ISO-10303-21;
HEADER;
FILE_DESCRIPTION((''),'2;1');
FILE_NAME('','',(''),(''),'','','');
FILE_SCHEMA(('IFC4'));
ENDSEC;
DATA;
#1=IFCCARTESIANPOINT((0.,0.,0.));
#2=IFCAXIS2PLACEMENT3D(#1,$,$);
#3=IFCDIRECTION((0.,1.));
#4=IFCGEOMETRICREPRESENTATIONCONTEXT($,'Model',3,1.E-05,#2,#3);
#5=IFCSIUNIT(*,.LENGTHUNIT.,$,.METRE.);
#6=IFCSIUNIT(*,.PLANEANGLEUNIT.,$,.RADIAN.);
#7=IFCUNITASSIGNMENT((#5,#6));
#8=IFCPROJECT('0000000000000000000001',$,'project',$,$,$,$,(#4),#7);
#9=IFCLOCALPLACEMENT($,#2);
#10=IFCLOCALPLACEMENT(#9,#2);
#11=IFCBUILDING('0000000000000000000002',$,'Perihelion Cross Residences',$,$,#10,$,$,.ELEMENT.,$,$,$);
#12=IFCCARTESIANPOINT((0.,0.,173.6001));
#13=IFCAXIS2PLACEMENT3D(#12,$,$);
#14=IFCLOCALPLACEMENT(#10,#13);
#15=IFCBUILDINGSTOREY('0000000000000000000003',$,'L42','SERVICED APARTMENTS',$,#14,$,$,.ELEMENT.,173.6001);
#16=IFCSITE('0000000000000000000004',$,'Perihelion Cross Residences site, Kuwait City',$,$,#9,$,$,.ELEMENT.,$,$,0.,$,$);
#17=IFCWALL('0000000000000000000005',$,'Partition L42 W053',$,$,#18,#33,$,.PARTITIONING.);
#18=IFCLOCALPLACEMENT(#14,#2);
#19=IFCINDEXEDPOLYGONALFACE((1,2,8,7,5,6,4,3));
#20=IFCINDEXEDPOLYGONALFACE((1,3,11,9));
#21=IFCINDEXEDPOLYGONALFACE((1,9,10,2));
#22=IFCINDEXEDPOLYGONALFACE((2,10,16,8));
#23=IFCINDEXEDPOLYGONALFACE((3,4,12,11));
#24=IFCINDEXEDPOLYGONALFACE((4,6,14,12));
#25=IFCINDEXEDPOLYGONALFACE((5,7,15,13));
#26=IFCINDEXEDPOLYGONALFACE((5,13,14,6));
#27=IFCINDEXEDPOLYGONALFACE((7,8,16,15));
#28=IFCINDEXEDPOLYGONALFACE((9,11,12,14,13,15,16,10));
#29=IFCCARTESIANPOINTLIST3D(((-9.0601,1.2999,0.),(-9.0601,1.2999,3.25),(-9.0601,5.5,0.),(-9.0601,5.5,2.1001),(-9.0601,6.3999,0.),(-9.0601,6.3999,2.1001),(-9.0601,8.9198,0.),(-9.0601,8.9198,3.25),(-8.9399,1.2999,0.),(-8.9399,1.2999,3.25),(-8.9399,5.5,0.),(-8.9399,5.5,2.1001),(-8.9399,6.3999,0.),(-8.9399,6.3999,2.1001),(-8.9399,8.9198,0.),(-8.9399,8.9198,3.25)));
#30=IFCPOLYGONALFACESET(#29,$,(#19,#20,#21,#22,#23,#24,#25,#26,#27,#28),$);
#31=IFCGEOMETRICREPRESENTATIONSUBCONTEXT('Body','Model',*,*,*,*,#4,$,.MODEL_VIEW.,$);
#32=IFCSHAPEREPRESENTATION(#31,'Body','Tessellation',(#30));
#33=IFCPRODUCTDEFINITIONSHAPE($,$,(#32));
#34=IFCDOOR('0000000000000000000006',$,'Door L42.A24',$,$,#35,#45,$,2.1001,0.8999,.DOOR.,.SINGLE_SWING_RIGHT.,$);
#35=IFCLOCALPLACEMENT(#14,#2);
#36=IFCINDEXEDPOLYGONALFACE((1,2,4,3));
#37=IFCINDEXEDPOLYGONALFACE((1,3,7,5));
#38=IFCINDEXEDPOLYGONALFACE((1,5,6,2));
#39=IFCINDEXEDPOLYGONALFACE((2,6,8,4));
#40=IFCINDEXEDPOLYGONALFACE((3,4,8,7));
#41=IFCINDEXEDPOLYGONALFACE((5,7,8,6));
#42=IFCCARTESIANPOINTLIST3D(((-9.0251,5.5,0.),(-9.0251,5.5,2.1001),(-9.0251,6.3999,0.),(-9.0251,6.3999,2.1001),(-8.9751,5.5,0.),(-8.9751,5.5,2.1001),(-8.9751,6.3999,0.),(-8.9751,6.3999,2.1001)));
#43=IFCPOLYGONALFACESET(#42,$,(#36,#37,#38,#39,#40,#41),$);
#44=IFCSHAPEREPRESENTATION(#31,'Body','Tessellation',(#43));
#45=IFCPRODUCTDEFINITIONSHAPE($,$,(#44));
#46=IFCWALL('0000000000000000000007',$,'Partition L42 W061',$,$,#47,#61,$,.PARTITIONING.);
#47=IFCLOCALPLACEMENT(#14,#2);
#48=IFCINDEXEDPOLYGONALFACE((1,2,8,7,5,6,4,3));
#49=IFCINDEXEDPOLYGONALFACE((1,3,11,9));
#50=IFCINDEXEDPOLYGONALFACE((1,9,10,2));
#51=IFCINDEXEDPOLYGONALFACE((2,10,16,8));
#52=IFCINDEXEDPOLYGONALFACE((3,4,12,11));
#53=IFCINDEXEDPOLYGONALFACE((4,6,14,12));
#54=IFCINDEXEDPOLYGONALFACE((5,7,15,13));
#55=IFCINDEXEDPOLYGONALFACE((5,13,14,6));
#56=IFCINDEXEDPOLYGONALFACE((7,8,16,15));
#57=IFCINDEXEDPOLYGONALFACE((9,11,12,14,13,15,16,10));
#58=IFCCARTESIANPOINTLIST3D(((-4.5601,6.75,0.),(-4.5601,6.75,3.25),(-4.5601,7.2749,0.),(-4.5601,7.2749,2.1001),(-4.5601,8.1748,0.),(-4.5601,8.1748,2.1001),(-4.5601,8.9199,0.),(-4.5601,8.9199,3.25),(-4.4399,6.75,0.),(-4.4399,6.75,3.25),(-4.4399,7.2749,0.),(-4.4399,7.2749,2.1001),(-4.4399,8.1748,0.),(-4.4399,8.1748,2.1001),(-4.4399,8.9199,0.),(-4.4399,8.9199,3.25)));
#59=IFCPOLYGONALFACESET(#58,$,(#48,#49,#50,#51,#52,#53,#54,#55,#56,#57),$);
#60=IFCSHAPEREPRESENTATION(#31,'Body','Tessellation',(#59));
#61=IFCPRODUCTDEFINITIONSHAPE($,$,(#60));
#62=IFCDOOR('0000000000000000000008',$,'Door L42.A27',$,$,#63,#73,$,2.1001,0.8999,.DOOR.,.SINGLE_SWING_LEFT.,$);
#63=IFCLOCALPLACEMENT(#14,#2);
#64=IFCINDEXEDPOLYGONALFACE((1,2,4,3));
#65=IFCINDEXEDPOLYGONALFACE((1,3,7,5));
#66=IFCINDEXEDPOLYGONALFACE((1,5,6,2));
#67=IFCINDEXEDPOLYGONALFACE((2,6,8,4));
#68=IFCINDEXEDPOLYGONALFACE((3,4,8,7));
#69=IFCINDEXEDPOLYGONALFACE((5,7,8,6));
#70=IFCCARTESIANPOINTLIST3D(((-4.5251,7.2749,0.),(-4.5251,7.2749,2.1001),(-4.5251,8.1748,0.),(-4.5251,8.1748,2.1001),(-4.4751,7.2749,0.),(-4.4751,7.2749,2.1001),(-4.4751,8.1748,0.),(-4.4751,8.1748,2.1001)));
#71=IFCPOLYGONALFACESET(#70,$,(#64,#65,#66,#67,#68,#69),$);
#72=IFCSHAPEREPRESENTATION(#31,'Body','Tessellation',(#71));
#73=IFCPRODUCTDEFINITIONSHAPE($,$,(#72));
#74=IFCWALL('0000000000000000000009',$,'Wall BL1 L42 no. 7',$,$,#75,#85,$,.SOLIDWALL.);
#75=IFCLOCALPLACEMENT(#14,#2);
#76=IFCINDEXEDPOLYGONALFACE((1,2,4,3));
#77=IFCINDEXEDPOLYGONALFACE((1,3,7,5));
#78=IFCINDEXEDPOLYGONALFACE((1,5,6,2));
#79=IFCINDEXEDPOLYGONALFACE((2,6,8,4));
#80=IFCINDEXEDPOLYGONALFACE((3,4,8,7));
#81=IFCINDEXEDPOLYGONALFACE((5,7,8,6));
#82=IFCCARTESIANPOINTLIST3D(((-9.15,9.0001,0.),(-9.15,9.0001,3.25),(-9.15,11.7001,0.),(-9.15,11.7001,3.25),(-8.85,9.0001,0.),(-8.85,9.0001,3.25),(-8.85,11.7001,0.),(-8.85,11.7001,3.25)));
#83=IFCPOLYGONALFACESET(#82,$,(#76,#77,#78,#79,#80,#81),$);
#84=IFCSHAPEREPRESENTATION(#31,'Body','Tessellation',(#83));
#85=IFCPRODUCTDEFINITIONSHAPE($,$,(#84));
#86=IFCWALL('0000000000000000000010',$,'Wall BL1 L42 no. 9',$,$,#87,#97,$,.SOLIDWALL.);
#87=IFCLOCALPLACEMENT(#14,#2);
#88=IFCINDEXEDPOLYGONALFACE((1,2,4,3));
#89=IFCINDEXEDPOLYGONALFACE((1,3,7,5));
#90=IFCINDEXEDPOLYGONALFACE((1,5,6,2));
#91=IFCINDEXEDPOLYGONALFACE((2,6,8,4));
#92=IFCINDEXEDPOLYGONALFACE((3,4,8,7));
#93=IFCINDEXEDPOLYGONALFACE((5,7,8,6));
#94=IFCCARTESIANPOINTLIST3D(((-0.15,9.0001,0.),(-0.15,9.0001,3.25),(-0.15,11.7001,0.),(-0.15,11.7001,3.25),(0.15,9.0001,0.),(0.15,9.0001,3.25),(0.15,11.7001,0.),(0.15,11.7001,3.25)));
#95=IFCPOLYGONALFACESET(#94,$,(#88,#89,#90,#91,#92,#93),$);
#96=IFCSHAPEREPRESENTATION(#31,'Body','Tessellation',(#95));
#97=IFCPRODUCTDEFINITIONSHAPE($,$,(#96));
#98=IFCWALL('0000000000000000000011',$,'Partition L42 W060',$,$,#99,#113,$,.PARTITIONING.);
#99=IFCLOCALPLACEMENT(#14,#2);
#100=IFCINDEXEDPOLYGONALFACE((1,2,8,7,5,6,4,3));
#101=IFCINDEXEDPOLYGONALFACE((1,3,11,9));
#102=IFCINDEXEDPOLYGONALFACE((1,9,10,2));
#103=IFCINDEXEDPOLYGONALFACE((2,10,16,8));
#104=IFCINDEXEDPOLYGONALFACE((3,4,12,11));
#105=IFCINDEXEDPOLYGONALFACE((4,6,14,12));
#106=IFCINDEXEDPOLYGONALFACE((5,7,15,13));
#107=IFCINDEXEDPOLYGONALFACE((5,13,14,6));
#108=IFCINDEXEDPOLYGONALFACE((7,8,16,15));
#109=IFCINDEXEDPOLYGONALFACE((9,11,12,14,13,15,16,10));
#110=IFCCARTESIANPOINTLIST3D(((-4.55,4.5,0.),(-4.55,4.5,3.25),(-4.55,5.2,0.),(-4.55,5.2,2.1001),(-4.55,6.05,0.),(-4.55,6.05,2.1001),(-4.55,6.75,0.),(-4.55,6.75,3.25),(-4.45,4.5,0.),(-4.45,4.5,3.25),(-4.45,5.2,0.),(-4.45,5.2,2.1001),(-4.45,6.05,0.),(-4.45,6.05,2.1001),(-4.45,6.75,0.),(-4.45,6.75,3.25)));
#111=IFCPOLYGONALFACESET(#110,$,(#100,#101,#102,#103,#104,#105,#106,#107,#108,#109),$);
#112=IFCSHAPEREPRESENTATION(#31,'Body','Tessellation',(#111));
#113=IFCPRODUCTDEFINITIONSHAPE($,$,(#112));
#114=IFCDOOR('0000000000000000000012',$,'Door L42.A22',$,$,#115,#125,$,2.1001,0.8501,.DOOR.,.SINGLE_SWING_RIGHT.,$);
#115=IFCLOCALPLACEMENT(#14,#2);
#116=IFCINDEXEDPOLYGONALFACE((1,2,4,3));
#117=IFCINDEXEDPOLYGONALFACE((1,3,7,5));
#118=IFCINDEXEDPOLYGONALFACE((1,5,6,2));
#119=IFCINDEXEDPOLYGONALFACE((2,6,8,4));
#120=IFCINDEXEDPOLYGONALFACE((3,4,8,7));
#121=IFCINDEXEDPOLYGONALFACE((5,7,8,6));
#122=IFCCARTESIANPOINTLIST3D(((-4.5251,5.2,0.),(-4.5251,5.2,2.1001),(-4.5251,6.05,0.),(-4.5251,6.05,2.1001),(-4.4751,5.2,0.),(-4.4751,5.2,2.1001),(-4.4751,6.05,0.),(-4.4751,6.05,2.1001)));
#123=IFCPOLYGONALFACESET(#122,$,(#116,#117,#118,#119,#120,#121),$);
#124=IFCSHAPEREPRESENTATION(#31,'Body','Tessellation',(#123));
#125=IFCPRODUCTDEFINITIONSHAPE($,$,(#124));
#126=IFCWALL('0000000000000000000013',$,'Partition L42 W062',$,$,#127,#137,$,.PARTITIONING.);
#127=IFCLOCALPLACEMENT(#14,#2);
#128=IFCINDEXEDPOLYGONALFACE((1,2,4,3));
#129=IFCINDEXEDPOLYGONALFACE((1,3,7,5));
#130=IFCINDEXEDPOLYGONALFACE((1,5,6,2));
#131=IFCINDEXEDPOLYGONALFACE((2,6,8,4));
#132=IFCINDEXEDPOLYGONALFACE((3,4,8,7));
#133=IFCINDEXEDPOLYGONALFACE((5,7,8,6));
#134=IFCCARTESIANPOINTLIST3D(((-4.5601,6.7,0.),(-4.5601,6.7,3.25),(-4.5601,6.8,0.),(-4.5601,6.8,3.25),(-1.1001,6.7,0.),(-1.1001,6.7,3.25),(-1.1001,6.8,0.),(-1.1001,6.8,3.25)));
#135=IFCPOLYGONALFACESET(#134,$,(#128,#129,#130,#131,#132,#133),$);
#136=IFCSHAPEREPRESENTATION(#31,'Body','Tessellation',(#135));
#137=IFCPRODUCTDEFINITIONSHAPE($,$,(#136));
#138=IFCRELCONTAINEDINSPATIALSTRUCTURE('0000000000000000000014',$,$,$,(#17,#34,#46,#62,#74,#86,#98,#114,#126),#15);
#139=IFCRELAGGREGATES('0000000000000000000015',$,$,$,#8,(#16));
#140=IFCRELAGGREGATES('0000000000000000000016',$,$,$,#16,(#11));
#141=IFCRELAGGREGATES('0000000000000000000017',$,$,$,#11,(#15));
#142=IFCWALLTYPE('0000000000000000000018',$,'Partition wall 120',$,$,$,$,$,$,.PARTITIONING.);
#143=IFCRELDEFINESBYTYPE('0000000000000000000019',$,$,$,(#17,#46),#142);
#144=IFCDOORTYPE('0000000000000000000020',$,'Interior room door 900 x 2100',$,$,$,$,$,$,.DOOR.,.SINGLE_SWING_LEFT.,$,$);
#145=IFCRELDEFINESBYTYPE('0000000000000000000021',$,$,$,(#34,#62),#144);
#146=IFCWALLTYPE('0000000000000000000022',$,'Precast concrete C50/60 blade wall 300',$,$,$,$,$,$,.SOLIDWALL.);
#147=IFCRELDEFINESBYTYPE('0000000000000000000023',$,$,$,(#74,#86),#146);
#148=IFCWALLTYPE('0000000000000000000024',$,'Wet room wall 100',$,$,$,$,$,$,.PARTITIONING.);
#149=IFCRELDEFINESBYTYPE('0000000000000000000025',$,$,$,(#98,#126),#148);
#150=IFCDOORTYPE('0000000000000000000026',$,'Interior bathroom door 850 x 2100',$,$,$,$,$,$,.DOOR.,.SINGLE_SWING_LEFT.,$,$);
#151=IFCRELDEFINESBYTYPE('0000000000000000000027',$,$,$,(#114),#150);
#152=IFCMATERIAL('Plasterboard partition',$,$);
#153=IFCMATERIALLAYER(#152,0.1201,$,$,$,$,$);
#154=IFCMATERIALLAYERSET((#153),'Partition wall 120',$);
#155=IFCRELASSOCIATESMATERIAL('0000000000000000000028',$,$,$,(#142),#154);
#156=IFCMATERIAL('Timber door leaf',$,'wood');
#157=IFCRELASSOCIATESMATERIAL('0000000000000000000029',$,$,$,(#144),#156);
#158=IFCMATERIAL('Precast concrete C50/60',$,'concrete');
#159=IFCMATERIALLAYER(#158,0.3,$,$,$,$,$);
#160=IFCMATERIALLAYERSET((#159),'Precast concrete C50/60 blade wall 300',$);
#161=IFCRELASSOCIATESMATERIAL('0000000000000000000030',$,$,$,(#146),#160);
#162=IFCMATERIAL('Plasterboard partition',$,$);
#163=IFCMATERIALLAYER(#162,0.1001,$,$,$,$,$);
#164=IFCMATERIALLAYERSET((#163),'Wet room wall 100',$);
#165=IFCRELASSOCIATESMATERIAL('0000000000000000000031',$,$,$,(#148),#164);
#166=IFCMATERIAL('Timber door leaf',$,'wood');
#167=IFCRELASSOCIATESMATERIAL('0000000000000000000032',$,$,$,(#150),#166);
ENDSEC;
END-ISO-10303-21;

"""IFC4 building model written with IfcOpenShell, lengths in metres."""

from ifc_helpers import new_model, si_unit, direction, frame, frame_2d, origin, place, context, subcontext, project, spatial, rectangle, extrude, material, layer, layer_set, type_object, element, fill, save


model = new_model("IFC4")

# Units and contexts
model_context = context("Model", 3, precision=1e-05, world=origin(), true_north=direction((0.0, 1.0)))
body_context = subcontext(model_context, "Body", "Model", "MODEL_VIEW")
ifc_project = project(units=[si_unit("LENGTHUNIT", "METRE"), si_unit("PLANEANGLEUNIT", "RADIAN")], contexts=[model_context])

# Site, building, storey
site_placement = place(None, origin())
site = spatial("IfcSite", under=ifc_project, at=site_placement, Name="Perihelion Cross Residences site, Kuwait City", CompositionType="ELEMENT", RefElevation=0.0)
building_placement = place(site_placement, origin())
building = spatial("IfcBuilding", under=site, at=building_placement, Name="Perihelion Cross Residences", CompositionType="ELEMENT")
storey_placement = place(building_placement, frame((0.0, 0.0, 173.6001)))
storey = spatial("IfcBuildingStorey", under=building, at=storey_placement, Name="L42", Description="SERVICED APARTMENTS", CompositionType="ELEMENT", Elevation=173.6001)

# Shared definitions
ifc_material_1 = material(Name="Plasterboard partition")
ifc_layer_1 = layer(ifc_material_1, 0.1201)
ifc_layer_set_1 = layer_set([ifc_layer_1], Name="Partition wall 120")
wall_type_1 = type_object("IfcWallType", Name="Partition wall 120", PredefinedType="PARTITIONING", material=ifc_layer_set_1)

# Walls, openings, doors
wall_1_placement = place(storey_placement, frame((-9.0, 8.9199, 0.0), z_axis=(0.0, 0.0, 1.0), x_axis=(0.0, -1.0, 0.0)))
wall_1 = element("IfcWall", 1, at=wall_1_placement, inside=storey, type_object=wall_type_1, Name="Partition L42 W053", PredefinedType="PARTITIONING", context=body_context, shape_type="SweptSolid", body=[
    extrude(rectangle(XDim=7.6199, YDim=0.1201, at=frame_2d((3.8101, 0.0))), origin(), (0.0, 0.0, 1.0), 3.25),
])
opening_1_placement = place(wall_1_placement, frame((2.52, 0.0, 0.0)))
opening_1 = element("IfcOpeningElement", 2, at=opening_1_placement, cuts=wall_1, PredefinedType="OPENING", context=body_context, shape_type="SweptSolid", body=[
    extrude(rectangle(XDim=0.8999, YDim=2.1001, at=frame_2d((0.45, 1.05))), frame((0.0, 0.0701, 0.0), z_axis=(0.0, -1.0, 0.0), x_axis=(1.0, 0.0, 0.0)), (0.0, 0.0, 1.0), 0.1401),
])
ifc_material_2 = material(Name="Timber door leaf", Category="wood")
door_type_1 = type_object("IfcDoorType", Name="Interior room door 900 x 2100", OperationType="SINGLE_SWING_LEFT", PredefinedType="DOOR", material=ifc_material_2)
door_1_placement = place(opening_1_placement, origin())
door_1 = element("IfcDoor", 3, at=door_1_placement, inside=storey, type_object=door_type_1, Name="Door L42.A24", OperationType="SINGLE_SWING_RIGHT", OverallHeight=2.1001, OverallWidth=0.8999, PredefinedType="DOOR", context=body_context, shape_type="SweptSolid", body=[
    extrude(rectangle(XDim=0.8999, YDim=2.1001, at=frame_2d((0.45, 1.05))), frame((0.0, 0.0249, 0.0), z_axis=(0.0, -1.0, 0.0), x_axis=(1.0, 0.0, 0.0)), (0.0, 0.0, 1.0), 0.05),
])
fill(opening_1, door_1)
wall_2_placement = place(storey_placement, frame((-4.5, 8.9199, 0.0), z_axis=(0.0, 0.0, 1.0), x_axis=(0.0, -1.0, 0.0)))
wall_2 = element("IfcWall", 4, at=wall_2_placement, inside=storey, type_object=wall_type_1, Name="Partition L42 W061", PredefinedType="PARTITIONING", context=body_context, shape_type="SweptSolid", body=[
    extrude(rectangle(XDim=2.1699, YDim=0.1201, at=frame_2d((1.085, 0.0))), origin(), (0.0, 0.0, 1.0), 3.25),
])
opening_2_placement = place(wall_2_placement, frame((0.7451, 0.0, 0.0)))
opening_2 = element("IfcOpeningElement", 5, at=opening_2_placement, cuts=wall_2, PredefinedType="OPENING", context=body_context, shape_type="SweptSolid", body=[
    extrude(rectangle(XDim=0.8999, YDim=2.1001, at=frame_2d((0.45, 1.05))), frame((0.0, 0.0701, 0.0), z_axis=(0.0, -1.0, 0.0), x_axis=(1.0, 0.0, 0.0)), (0.0, 0.0, 1.0), 0.1401),
])
door_2_placement = place(opening_2_placement, origin())
door_2 = element("IfcDoor", 6, at=door_2_placement, inside=storey, type_object=door_type_1, Name="Door L42.A27", OperationType="SINGLE_SWING_LEFT", OverallHeight=2.1001, OverallWidth=0.8999, PredefinedType="DOOR", context=body_context, shape_type="SweptSolid", body=[
    extrude(rectangle(XDim=0.8999, YDim=2.1001, at=frame_2d((0.45, 1.05))), frame((0.0, 0.0249, 0.0), z_axis=(0.0, -1.0, 0.0), x_axis=(1.0, 0.0, 0.0)), (0.0, 0.0, 1.0), 0.05),
])
fill(opening_2, door_2)

# Walls
ifc_material_3 = material(Name="Precast concrete C50/60", Category="concrete")
ifc_layer_2 = layer(ifc_material_3, 0.3)
ifc_layer_set_2 = layer_set([ifc_layer_2], Name="Precast concrete C50/60 blade wall 300")
wall_type_2 = type_object("IfcWallType", Name="Precast concrete C50/60 blade wall 300", PredefinedType="SOLIDWALL", material=ifc_layer_set_2)
for number, where, z_axis, x_axis, name in (
    (7, (-9.0, 9.0, 0.0), (0.0, 0.0, 1.0), (0.0, 1.0, 0.0), "Wall BL1 L42 no. 7"),
    (8, (0.0, 9.0, 0.0), (0.0, 0.0, 1.0), (0.0, 1.0, 0.0), "Wall BL1 L42 no. 9"),
):
    element("IfcWall", number, at=place(storey_placement, frame(where, z_axis=z_axis, x_axis=x_axis)), inside=storey, type_object=wall_type_2, Name=name, PredefinedType="SOLIDWALL", context=body_context, shape_type="SweptSolid", body=[
        extrude(rectangle(XDim=2.7, YDim=0.3, at=frame_2d((1.3501, 0.0))), origin(), (0.0, 0.0, 1.0), 3.25),
    ])

# Wall, opening, door
ifc_material_4 = material(Name="Plasterboard partition")
ifc_layer_3 = layer(ifc_material_4, 0.1001)
ifc_layer_set_3 = layer_set([ifc_layer_3], Name="Wet room wall 100")
wall_type_3 = type_object("IfcWallType", Name="Wet room wall 100", PredefinedType="PARTITIONING", material=ifc_layer_set_3)
wall_3_placement = place(storey_placement, frame((-4.5, 6.75, 0.0), z_axis=(0.0, 0.0, 1.0), x_axis=(0.0, -1.0, 0.0)))
wall_3 = element("IfcWall", 9, at=wall_3_placement, inside=storey, type_object=wall_type_3, Name="Partition L42 W060", PredefinedType="PARTITIONING", context=body_context, shape_type="SweptSolid", body=[
    extrude(rectangle(XDim=2.25, YDim=0.1001, at=frame_2d((1.125, 0.0))), origin(), (0.0, 0.0, 1.0), 3.25),
])
opening_3_placement = place(wall_3_placement, frame((0.7, 0.0, 0.0)))
opening_3 = element("IfcOpeningElement", 10, at=opening_3_placement, cuts=wall_3, PredefinedType="OPENING", context=body_context, shape_type="SweptSolid", body=[
    extrude(rectangle(XDim=0.8501, YDim=2.1001, at=frame_2d((0.425, 1.05))), frame((0.0, 0.0601, 0.0), z_axis=(0.0, -1.0, 0.0), x_axis=(1.0, 0.0, 0.0)), (0.0, 0.0, 1.0), 0.1201),
])
ifc_material_5 = material(Name="Timber door leaf", Category="wood")
door_type_2 = type_object("IfcDoorType", Name="Interior bathroom door 850 x 2100", OperationType="SINGLE_SWING_LEFT", PredefinedType="DOOR", material=ifc_material_5)
door_3_placement = place(opening_3_placement, origin())
door_3 = element("IfcDoor", 11, at=door_3_placement, inside=storey, type_object=door_type_2, Name="Door L42.A22", OperationType="SINGLE_SWING_RIGHT", OverallHeight=2.1001, OverallWidth=0.8501, PredefinedType="DOOR", context=body_context, shape_type="SweptSolid", body=[
    extrude(rectangle(XDim=0.8501, YDim=2.1001, at=frame_2d((0.425, 1.05))), frame((0.0, 0.0249, 0.0), z_axis=(0.0, -1.0, 0.0), x_axis=(1.0, 0.0, 0.0)), (0.0, 0.0, 1.0), 0.05),
])
fill(opening_3, door_3)

# Wall
wall_4_placement = place(storey_placement, frame((-4.5601, 6.75, 0.0), z_axis=(0.0, 0.0, 1.0), x_axis=(1.0, 0.0, 0.0)))
element("IfcWall", 12, at=wall_4_placement, inside=storey, type_object=wall_type_3, Name="Partition L42 W062", PredefinedType="PARTITIONING", context=body_context, shape_type="SweptSolid", body=[
    extrude(rectangle(XDim=3.46, YDim=0.1001, at=frame_2d((1.73, 0.0))), origin(), (0.0, 0.0, 1.0), 3.25),
])

save(model, "model.ifc")
